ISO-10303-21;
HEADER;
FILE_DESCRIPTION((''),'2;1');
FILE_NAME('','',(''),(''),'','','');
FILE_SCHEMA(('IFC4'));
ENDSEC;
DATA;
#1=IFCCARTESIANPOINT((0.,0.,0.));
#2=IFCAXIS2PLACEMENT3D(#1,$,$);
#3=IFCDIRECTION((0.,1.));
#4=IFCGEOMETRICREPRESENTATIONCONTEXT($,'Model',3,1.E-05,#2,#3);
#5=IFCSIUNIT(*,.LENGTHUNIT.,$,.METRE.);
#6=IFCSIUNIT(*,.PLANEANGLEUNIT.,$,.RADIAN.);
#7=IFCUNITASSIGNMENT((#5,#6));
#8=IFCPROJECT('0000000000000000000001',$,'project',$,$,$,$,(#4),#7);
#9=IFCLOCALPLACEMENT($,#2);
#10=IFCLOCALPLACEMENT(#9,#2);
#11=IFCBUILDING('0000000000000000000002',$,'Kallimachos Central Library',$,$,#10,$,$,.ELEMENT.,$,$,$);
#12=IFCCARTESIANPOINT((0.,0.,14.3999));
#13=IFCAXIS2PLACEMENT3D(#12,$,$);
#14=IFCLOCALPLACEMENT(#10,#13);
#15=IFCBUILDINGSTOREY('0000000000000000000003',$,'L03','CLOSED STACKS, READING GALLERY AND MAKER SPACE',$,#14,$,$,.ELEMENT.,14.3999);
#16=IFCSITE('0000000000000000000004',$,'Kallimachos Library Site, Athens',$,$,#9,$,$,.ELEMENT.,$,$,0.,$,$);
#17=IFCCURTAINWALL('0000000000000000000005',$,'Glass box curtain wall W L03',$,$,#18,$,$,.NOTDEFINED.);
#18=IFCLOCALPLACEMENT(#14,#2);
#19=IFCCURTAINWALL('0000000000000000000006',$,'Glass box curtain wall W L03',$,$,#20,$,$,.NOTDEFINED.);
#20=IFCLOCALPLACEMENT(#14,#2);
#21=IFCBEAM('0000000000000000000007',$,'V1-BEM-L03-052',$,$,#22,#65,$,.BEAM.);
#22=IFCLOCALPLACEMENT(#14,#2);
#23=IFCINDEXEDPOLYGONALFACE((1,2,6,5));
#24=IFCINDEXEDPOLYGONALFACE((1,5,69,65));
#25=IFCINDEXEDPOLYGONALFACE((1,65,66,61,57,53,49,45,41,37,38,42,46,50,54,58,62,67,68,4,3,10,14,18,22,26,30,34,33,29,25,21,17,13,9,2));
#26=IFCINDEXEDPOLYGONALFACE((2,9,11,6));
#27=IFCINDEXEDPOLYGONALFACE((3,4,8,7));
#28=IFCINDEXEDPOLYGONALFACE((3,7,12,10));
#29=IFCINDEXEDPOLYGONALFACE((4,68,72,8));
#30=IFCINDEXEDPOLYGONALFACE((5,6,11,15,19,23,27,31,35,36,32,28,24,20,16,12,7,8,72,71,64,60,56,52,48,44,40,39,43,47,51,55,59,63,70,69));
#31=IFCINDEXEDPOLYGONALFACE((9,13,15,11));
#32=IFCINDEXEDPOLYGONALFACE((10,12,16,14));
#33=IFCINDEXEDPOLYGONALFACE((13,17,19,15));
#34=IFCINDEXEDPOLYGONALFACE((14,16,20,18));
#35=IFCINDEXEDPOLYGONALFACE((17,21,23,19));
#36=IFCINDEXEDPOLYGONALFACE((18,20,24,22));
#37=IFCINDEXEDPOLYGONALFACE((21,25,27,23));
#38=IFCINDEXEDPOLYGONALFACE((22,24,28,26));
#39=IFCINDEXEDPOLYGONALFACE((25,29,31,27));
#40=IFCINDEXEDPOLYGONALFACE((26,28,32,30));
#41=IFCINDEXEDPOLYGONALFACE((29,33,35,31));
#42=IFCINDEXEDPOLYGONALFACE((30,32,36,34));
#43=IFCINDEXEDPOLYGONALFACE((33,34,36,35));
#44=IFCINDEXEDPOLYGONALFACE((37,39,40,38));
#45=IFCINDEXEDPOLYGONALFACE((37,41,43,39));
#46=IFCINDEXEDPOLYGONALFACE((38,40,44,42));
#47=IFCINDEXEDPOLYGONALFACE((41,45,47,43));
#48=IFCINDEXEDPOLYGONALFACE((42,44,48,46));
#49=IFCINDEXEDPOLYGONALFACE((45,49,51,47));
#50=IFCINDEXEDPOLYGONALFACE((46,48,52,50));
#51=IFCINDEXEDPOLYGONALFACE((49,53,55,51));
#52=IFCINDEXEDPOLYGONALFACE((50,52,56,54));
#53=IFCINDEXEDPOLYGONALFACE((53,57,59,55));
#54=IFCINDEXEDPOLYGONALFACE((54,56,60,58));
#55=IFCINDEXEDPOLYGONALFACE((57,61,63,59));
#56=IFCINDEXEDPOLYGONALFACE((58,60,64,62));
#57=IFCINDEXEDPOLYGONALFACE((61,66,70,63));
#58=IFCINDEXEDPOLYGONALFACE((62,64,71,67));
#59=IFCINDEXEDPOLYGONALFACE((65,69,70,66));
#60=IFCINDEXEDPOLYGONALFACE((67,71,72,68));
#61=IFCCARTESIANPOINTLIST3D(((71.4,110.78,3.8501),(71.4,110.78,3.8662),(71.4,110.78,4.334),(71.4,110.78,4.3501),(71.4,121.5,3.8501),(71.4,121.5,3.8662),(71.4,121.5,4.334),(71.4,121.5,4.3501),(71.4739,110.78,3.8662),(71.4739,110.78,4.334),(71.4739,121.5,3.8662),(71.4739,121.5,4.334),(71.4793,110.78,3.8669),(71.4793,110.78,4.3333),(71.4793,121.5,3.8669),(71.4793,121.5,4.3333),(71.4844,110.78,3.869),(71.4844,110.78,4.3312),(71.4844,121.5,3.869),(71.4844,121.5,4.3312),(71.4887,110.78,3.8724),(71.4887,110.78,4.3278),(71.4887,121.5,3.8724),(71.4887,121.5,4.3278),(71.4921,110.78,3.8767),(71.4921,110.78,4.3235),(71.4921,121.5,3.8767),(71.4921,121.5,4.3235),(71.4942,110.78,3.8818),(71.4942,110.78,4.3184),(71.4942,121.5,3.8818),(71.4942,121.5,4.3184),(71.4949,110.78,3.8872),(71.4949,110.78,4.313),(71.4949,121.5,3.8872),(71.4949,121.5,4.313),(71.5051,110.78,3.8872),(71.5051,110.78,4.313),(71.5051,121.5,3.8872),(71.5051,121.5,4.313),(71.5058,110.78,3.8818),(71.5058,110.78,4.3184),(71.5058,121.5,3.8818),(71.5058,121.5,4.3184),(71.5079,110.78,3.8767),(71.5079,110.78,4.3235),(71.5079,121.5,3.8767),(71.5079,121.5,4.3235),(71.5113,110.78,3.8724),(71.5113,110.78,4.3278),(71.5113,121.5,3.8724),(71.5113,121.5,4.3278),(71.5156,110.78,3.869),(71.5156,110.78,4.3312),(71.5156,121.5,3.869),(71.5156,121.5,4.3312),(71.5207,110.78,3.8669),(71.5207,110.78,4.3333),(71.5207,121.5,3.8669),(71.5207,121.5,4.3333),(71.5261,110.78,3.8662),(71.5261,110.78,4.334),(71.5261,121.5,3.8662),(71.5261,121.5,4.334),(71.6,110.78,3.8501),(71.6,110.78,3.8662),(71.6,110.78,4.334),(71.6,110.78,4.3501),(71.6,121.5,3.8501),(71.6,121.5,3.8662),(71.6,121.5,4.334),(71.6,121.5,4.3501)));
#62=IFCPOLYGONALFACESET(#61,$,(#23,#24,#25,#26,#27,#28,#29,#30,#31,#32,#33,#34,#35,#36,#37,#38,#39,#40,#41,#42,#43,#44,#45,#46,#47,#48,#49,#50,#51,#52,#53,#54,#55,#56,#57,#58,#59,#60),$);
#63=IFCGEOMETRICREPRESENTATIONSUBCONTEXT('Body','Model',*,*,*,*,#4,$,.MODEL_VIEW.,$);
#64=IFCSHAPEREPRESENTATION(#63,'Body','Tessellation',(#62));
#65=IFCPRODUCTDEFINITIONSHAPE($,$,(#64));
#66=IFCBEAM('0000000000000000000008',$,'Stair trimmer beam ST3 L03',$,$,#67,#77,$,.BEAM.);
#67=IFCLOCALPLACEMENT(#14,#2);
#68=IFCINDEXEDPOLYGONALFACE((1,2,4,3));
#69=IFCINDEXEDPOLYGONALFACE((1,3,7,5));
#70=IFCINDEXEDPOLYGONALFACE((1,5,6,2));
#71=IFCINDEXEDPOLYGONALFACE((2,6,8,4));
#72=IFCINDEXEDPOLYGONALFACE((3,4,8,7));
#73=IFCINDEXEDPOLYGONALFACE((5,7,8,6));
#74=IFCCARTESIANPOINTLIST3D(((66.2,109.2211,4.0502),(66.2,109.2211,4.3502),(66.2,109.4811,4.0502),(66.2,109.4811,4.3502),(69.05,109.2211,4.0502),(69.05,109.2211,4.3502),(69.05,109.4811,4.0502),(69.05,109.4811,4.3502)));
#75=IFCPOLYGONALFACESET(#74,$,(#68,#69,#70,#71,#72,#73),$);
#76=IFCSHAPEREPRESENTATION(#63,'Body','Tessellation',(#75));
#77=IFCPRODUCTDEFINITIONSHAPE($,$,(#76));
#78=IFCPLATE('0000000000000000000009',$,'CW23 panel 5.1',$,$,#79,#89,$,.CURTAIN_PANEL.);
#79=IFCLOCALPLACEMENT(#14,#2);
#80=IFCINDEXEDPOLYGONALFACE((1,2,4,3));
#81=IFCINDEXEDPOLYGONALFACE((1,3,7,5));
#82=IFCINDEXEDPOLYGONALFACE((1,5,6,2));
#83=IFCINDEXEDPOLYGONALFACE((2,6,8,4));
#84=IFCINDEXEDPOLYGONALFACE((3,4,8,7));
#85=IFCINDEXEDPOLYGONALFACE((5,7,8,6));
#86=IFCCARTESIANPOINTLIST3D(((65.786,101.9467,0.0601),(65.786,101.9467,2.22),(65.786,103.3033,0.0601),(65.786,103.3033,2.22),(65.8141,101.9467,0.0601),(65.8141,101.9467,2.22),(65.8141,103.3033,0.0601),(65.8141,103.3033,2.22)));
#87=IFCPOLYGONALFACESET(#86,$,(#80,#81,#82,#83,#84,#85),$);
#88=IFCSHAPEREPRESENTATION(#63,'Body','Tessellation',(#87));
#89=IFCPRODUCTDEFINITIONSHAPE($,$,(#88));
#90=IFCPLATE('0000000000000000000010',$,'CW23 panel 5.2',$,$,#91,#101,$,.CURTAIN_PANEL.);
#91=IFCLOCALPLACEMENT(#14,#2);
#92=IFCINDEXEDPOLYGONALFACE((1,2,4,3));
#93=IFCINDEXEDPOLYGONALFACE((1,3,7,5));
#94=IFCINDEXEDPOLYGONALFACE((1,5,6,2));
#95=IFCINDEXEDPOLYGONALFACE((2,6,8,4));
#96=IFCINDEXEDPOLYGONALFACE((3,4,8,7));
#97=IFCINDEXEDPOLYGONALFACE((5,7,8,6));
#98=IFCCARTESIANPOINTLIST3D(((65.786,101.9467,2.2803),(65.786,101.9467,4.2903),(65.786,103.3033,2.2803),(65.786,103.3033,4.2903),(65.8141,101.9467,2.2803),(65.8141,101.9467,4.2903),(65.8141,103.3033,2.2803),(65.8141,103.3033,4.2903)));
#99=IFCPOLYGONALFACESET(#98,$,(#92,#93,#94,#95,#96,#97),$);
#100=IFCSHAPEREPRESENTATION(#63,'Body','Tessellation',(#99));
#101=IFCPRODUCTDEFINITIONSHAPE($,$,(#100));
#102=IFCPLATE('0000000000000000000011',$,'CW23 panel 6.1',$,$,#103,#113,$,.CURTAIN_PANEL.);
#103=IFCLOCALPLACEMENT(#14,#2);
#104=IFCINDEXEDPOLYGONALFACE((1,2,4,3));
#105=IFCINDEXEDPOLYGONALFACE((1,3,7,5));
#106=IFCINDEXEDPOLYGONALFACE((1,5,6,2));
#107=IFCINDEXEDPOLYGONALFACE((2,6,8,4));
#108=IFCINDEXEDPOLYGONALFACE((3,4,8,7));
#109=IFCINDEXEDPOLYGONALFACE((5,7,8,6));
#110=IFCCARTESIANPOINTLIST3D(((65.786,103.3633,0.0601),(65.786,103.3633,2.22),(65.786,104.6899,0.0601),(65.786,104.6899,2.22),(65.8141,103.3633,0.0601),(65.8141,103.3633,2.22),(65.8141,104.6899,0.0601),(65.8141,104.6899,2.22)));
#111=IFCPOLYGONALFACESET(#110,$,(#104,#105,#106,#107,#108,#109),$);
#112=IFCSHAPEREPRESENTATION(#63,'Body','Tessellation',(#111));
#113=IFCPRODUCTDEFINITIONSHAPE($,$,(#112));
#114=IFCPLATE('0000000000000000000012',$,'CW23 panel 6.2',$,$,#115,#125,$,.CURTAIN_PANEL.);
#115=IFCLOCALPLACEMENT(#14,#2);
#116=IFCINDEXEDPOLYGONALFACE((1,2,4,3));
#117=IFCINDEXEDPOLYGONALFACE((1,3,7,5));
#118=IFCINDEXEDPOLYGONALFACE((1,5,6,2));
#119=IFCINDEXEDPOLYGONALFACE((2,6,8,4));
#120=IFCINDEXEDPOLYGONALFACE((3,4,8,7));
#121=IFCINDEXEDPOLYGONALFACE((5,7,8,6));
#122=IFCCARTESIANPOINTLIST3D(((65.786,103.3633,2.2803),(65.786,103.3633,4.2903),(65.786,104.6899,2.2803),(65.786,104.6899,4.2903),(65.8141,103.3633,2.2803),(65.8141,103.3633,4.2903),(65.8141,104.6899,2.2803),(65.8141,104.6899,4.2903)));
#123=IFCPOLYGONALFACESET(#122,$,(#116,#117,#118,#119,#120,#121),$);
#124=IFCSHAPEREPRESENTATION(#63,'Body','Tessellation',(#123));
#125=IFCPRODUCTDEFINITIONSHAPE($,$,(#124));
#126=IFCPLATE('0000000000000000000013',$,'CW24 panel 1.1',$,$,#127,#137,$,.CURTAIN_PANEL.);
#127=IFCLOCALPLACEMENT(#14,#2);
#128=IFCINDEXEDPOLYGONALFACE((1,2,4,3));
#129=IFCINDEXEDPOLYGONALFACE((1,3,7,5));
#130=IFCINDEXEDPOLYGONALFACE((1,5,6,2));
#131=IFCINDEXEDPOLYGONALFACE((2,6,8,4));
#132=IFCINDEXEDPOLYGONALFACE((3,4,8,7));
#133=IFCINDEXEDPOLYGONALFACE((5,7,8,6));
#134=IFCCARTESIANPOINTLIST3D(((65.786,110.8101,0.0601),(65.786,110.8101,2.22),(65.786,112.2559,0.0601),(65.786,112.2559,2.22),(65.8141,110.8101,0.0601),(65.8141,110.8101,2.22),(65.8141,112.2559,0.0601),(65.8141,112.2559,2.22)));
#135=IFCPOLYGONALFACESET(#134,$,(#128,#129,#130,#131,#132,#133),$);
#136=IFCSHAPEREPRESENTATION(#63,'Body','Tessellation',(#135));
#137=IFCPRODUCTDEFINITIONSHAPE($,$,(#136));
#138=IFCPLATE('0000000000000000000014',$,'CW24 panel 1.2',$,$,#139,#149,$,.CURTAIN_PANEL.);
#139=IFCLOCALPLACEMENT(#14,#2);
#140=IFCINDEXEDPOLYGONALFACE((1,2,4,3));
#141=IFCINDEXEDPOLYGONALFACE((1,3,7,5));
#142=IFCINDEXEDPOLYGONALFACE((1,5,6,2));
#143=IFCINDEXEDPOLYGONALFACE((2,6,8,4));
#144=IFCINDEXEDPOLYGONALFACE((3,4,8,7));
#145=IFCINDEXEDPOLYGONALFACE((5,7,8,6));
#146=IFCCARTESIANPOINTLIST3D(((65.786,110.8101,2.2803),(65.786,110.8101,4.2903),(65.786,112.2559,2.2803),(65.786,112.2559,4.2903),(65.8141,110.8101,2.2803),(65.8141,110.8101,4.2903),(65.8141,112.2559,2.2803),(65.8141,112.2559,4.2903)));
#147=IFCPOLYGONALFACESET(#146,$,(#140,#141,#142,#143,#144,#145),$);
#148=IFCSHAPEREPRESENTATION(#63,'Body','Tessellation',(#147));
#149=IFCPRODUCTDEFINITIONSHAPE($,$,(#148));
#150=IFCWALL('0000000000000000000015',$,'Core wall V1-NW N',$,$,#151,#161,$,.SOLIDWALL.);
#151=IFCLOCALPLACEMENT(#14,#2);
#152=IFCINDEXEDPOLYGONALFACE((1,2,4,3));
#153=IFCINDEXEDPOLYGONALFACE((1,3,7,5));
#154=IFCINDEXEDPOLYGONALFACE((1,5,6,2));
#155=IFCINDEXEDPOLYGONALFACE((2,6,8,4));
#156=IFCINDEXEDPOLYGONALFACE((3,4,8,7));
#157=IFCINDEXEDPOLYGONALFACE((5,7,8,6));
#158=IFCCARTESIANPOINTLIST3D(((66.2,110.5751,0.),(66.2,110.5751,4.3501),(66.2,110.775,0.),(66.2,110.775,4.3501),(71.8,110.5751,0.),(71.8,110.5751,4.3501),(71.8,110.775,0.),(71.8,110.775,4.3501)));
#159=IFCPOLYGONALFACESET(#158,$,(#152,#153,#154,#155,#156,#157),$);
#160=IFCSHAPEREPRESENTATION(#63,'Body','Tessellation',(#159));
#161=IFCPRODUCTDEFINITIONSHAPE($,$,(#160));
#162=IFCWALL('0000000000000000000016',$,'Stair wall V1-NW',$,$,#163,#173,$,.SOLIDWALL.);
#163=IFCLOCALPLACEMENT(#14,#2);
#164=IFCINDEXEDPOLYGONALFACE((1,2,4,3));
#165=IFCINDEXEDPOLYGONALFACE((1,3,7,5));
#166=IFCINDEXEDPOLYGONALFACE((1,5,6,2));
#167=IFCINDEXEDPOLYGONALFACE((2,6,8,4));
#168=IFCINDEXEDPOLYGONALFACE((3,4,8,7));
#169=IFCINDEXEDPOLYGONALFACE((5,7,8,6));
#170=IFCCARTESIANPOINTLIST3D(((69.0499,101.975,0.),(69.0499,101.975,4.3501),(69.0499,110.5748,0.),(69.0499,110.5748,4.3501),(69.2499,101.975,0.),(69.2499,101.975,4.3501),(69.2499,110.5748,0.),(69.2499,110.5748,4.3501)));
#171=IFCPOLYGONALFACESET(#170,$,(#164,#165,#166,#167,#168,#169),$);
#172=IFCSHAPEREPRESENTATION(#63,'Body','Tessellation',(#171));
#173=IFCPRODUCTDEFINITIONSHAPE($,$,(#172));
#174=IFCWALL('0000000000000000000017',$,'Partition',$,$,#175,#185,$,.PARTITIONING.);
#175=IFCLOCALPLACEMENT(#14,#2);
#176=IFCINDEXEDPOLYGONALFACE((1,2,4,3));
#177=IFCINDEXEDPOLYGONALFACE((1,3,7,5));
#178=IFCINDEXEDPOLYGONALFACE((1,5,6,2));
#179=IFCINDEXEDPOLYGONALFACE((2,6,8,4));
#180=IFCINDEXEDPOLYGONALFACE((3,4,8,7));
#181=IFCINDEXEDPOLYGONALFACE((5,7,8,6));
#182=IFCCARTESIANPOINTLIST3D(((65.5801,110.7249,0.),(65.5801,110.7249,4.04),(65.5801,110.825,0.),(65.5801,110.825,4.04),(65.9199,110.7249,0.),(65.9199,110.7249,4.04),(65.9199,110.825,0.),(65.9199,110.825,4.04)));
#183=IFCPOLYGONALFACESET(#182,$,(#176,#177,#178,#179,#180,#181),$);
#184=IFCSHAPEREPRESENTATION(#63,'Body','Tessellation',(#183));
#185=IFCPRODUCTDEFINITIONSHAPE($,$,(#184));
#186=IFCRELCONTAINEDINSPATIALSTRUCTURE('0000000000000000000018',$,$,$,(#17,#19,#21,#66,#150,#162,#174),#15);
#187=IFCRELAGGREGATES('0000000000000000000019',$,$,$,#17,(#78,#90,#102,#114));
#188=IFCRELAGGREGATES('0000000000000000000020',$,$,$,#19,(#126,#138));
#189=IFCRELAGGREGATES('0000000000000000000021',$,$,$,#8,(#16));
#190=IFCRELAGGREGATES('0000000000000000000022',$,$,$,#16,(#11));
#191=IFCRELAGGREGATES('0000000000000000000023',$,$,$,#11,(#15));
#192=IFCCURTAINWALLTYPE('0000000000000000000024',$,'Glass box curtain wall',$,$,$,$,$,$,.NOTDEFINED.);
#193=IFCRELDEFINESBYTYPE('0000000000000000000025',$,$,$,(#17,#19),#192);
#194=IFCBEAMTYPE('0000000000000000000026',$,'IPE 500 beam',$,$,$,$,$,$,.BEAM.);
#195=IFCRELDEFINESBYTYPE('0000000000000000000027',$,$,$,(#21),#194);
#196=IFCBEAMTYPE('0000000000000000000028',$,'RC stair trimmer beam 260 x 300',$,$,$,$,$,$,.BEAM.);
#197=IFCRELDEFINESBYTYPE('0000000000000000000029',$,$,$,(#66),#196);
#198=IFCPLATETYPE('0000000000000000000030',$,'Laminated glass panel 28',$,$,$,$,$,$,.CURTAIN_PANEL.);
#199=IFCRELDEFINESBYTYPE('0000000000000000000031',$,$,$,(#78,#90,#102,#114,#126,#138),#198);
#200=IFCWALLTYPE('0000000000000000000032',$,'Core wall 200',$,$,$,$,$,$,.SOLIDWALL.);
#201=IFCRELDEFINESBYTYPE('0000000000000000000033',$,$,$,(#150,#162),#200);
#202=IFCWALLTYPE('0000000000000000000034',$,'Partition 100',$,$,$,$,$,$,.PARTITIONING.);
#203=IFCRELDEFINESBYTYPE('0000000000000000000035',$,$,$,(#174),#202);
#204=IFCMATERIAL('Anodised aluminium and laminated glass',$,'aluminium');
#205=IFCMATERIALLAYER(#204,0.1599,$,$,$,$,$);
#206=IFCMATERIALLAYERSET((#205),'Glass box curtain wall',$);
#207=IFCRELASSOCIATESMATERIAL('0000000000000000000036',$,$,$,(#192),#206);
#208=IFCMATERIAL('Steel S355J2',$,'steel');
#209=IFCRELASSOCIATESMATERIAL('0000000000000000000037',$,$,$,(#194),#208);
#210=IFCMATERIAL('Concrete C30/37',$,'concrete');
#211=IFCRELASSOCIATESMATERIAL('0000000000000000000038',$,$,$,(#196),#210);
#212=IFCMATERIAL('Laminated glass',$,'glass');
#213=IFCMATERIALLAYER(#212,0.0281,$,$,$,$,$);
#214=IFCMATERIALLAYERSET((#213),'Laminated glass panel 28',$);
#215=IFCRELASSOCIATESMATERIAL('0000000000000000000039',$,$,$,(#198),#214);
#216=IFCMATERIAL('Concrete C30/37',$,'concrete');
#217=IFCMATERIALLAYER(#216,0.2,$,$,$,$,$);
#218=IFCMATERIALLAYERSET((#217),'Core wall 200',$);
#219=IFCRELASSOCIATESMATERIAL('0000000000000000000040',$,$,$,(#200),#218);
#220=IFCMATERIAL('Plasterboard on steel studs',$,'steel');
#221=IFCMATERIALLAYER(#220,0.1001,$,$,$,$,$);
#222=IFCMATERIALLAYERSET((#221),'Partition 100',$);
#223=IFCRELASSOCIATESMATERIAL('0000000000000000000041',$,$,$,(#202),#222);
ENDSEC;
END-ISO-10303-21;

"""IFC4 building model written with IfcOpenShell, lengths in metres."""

from ifc_helpers import new_model, si_unit, direction, frame, frame_2d, origin, origin_2d, place, context, subcontext, project, spatial, rectangle, i_section, extrude, material, layer, layer_set, material_profile, profile_set, type_object, element, aggregate, save


model = new_model("IFC4")

# Units and contexts
model_context = context("Model", 3, precision=1e-05, world=origin(), true_north=direction((0.0, 1.0)))
body_context = subcontext(model_context, "Body", "Model", "MODEL_VIEW")
ifc_project = project(units=[si_unit("LENGTHUNIT", "METRE"), si_unit("PLANEANGLEUNIT", "RADIAN")], contexts=[model_context])

# Site, building, storey
site_placement = place(None, origin())
site = spatial("IfcSite", under=ifc_project, at=site_placement, Name="Kallimachos Library Site, Athens", CompositionType="ELEMENT", RefElevation=0.0)
building_placement = place(site_placement, origin())
building = spatial("IfcBuilding", under=site, at=building_placement, Name="Kallimachos Central Library", CompositionType="ELEMENT")
storey_placement = place(building_placement, frame((0.0, 0.0, 14.3999)))
storey = spatial("IfcBuildingStorey", under=building, at=storey_placement, Name="L03", Description="CLOSED STACKS, READING GALLERY AND MAKER SPACE", CompositionType="ELEMENT", Elevation=14.3999)

# Curtain wall
ifc_material_1 = material(Name="Anodised aluminium and laminated glass", Category="aluminium")
ifc_layer_1 = layer(ifc_material_1, 0.1599)
ifc_layer_set_1 = layer_set([ifc_layer_1], Name="Glass box curtain wall")
curtain_wall_type = type_object("IfcCurtainWallType", Name="Glass box curtain wall", PredefinedType="NOTDEFINED", material=ifc_layer_set_1)
curtain_wall_1_placement = place(storey_placement, origin())
curtain_wall_1 = element("IfcCurtainWall", 1, at=curtain_wall_1_placement, inside=storey, type_object=curtain_wall_type, Name="Glass box curtain wall W L03", PredefinedType="NOTDEFINED")

# Curtain wall
curtain_wall_2_placement = place(storey_placement, origin())
curtain_wall_2 = element("IfcCurtainWall", 2, at=curtain_wall_2_placement, inside=storey, type_object=curtain_wall_type, Name="Glass box curtain wall W L03", PredefinedType="NOTDEFINED")

# Beams
ifc_material_2 = material(Name="Steel S355J2", Category="steel")
ifc_material_profile_1 = material_profile(ifc_material_2, i_section(OverallWidth=0.2, OverallDepth=0.5, WebThickness=0.0103, FlangeThickness=0.0161, FilletRadius=0.021, at=origin_2d()), Name="IPE 500")
ifc_profile_set_1 = profile_set([ifc_material_profile_1], Name="Steel S355J2")
beam_type_1 = type_object("IfcBeamType", Name="IPE 500 beam", PredefinedType="BEAM", material=ifc_profile_set_1)
for number, where, z_axis, x_axis, name in (
    (3, (71.5, 110.78, 4.1001), (0.0, 1.0, 0.0), (-1.0, 0.0, 0.0), "V1-BEM-L03-052"),
):
    element("IfcBeam", number, at=place(storey_placement, frame(where, z_axis=z_axis, x_axis=x_axis)), inside=storey, type_object=beam_type_1, Name=name, PredefinedType="BEAM", context=body_context, shape_type="SweptSolid", body=[
        extrude(i_section(OverallWidth=0.2, OverallDepth=0.5, WebThickness=0.0103, FlangeThickness=0.0161, FilletRadius=0.021, at=origin_2d()), origin(), (0.0, 0.0, 1.0), 10.72),
    ])
ifc_material_3 = material(Name="Concrete C30/37", Category="concrete")
ifc_material_profile_2 = material_profile(ifc_material_3, rectangle(XDim=0.26, YDim=0.3, at=origin_2d()), Name="RC stair trimmer beam 260 x 300")
ifc_profile_set_2 = profile_set([ifc_material_profile_2], Name="Concrete C30/37")
beam_type_2 = type_object("IfcBeamType", Name="RC stair trimmer beam 260 x 300", PredefinedType="BEAM", material=ifc_profile_set_2)
beam_1_placement = place(storey_placement, frame((66.2, 109.3511, 4.2002), z_axis=(1.0, 0.0, 0.0), x_axis=(0.0, 1.0, 0.0)))
element("IfcBeam", 4, at=beam_1_placement, inside=storey, type_object=beam_type_2, Name="Stair trimmer beam ST3 L03", PredefinedType="BEAM", context=body_context, shape_type="SweptSolid", body=[
    extrude(rectangle(XDim=0.26, YDim=0.3, at=origin_2d()), origin(), (0.0, 0.0, 1.0), 2.8501),
])

# Plates
ifc_material_4 = material(Name="Laminated glass", Category="glass")
ifc_layer_2 = layer(ifc_material_4, 0.0281)
ifc_layer_set_2 = layer_set([ifc_layer_2], Name="Laminated glass panel 28")
plate_type = type_object("IfcPlateType", Name="Laminated glass panel 28", PredefinedType="CURTAIN_PANEL", material=ifc_layer_set_2)
plate_1_placement = place(storey_placement, frame((65.8, 102.625, 0.0601), z_axis=(0.0, 0.0, 1.0), x_axis=(0.0, 1.0, 0.0)))
plate_1 = element("IfcPlate", 5, at=plate_1_placement, type_object=plate_type, Name="CW23 panel 5.1", PredefinedType="CURTAIN_PANEL", context=body_context, shape_type="SweptSolid", body=[
    extrude(rectangle(XDim=1.3567, YDim=0.0281, at=origin_2d()), origin(), (0.0, 0.0, 1.0), 2.1599),
])
plate_2_placement = place(storey_placement, frame((65.8, 102.625, 2.2803), z_axis=(0.0, 0.0, 1.0), x_axis=(0.0, 1.0, 0.0)))
plate_2 = element("IfcPlate", 6, at=plate_2_placement, type_object=plate_type, Name="CW23 panel 5.2", PredefinedType="CURTAIN_PANEL", context=body_context, shape_type="SweptSolid", body=[
    extrude(rectangle(XDim=1.3567, YDim=0.0281, at=origin_2d()), origin(), (0.0, 0.0, 1.0), 2.01),
])
plate_3_placement = place(storey_placement, frame((65.8, 104.0266, 0.0601), z_axis=(0.0, 0.0, 1.0), x_axis=(0.0, 1.0, 0.0)))
plate_3 = element("IfcPlate", 7, at=plate_3_placement, type_object=plate_type, Name="CW23 panel 6.1", PredefinedType="CURTAIN_PANEL", context=body_context, shape_type="SweptSolid", body=[
    extrude(rectangle(XDim=1.3267, YDim=0.0281, at=origin_2d()), origin(), (0.0, 0.0, 1.0), 2.1599),
])
plate_4_placement = place(storey_placement, frame((65.8, 104.0266, 2.2803), z_axis=(0.0, 0.0, 1.0), x_axis=(0.0, 1.0, 0.0)))
plate_4 = element("IfcPlate", 8, at=plate_4_placement, type_object=plate_type, Name="CW23 panel 6.2", PredefinedType="CURTAIN_PANEL", context=body_context, shape_type="SweptSolid", body=[
    extrude(rectangle(XDim=1.3267, YDim=0.0281, at=origin_2d()), origin(), (0.0, 0.0, 1.0), 2.01),
])
aggregate(curtain_wall_1, [plate_1, plate_2, plate_3, plate_4])
plate_5_placement = place(storey_placement, frame((65.8, 111.533, 0.0601), z_axis=(0.0, 0.0, 1.0), x_axis=(0.0, 1.0, 0.0)))
plate_5 = element("IfcPlate", 9, at=plate_5_placement, type_object=plate_type, Name="CW24 panel 1.1", PredefinedType="CURTAIN_PANEL", context=body_context, shape_type="SweptSolid", body=[
    extrude(rectangle(XDim=1.4458, YDim=0.0281, at=origin_2d()), origin(), (0.0, 0.0, 1.0), 2.1599),
])
plate_6_placement = place(storey_placement, frame((65.8, 111.533, 2.2803), z_axis=(0.0, 0.0, 1.0), x_axis=(0.0, 1.0, 0.0)))
plate_6 = element("IfcPlate", 10, at=plate_6_placement, type_object=plate_type, Name="CW24 panel 1.2", PredefinedType="CURTAIN_PANEL", context=body_context, shape_type="SweptSolid", body=[
    extrude(rectangle(XDim=1.4458, YDim=0.0281, at=origin_2d()), origin(), (0.0, 0.0, 1.0), 2.01),
])
aggregate(curtain_wall_2, [plate_5, plate_6])

# Walls
ifc_material_5 = material(Name="Concrete C30/37", Category="concrete")
ifc_layer_3 = layer(ifc_material_5, 0.2)
ifc_layer_set_3 = layer_set([ifc_layer_3], Name="Core wall 200")
wall_type_1 = type_object("IfcWallType", Name="Core wall 200", PredefinedType="SOLIDWALL", material=ifc_layer_set_3)
wall_1_placement = place(storey_placement, frame((66.2, 110.675, 0.0), z_axis=(0.0, 0.0, 1.0), x_axis=(1.0, 0.0, 0.0)))
element("IfcWall", 11, at=wall_1_placement, inside=storey, type_object=wall_type_1, Name="Core wall V1-NW N", PredefinedType="SOLIDWALL", context=body_context, shape_type="SweptSolid", body=[
    extrude(rectangle(XDim=5.6001, YDim=0.2, at=frame_2d((2.8, 0.0))), origin(), (0.0, 0.0, 1.0), 4.3501),
])
wall_2_placement = place(storey_placement, frame((69.1499, 101.9751, 0.0), z_axis=(0.0, 0.0, 1.0), x_axis=(0.0, 1.0, 0.0)))
element("IfcWall", 12, at=wall_2_placement, inside=storey, type_object=wall_type_1, Name="Stair wall V1-NW", PredefinedType="SOLIDWALL", context=body_context, shape_type="SweptSolid", body=[
    extrude(rectangle(XDim=8.5999, YDim=0.2, at=frame_2d((4.2998, 0.0))), origin(), (0.0, 0.0, 1.0), 4.3501),
])
ifc_material_6 = material(Name="Plasterboard on steel studs", Category="steel")
ifc_layer_4 = layer(ifc_material_6, 0.1001)
ifc_layer_set_4 = layer_set([ifc_layer_4], Name="Partition 100")
wall_type_2 = type_object("IfcWallType", Name="Partition 100", PredefinedType="PARTITIONING", material=ifc_layer_set_4)
wall_3_placement = place(storey_placement, frame((65.9199, 110.7749, 0.0), z_axis=(0.0, 0.0, 1.0), x_axis=(-1.0, 0.0, 0.0)))
element("IfcWall", 13, at=wall_3_placement, inside=storey, type_object=wall_type_2, Name="Partition", PredefinedType="PARTITIONING", context=body_context, shape_type="SweptSolid", body=[
    extrude(rectangle(XDim=0.3398, YDim=0.1001, at=frame_2d((0.1699, 0.0))), origin(), (0.0, 0.0, 1.0), 4.04),
])

save(model, "model.ifc")
